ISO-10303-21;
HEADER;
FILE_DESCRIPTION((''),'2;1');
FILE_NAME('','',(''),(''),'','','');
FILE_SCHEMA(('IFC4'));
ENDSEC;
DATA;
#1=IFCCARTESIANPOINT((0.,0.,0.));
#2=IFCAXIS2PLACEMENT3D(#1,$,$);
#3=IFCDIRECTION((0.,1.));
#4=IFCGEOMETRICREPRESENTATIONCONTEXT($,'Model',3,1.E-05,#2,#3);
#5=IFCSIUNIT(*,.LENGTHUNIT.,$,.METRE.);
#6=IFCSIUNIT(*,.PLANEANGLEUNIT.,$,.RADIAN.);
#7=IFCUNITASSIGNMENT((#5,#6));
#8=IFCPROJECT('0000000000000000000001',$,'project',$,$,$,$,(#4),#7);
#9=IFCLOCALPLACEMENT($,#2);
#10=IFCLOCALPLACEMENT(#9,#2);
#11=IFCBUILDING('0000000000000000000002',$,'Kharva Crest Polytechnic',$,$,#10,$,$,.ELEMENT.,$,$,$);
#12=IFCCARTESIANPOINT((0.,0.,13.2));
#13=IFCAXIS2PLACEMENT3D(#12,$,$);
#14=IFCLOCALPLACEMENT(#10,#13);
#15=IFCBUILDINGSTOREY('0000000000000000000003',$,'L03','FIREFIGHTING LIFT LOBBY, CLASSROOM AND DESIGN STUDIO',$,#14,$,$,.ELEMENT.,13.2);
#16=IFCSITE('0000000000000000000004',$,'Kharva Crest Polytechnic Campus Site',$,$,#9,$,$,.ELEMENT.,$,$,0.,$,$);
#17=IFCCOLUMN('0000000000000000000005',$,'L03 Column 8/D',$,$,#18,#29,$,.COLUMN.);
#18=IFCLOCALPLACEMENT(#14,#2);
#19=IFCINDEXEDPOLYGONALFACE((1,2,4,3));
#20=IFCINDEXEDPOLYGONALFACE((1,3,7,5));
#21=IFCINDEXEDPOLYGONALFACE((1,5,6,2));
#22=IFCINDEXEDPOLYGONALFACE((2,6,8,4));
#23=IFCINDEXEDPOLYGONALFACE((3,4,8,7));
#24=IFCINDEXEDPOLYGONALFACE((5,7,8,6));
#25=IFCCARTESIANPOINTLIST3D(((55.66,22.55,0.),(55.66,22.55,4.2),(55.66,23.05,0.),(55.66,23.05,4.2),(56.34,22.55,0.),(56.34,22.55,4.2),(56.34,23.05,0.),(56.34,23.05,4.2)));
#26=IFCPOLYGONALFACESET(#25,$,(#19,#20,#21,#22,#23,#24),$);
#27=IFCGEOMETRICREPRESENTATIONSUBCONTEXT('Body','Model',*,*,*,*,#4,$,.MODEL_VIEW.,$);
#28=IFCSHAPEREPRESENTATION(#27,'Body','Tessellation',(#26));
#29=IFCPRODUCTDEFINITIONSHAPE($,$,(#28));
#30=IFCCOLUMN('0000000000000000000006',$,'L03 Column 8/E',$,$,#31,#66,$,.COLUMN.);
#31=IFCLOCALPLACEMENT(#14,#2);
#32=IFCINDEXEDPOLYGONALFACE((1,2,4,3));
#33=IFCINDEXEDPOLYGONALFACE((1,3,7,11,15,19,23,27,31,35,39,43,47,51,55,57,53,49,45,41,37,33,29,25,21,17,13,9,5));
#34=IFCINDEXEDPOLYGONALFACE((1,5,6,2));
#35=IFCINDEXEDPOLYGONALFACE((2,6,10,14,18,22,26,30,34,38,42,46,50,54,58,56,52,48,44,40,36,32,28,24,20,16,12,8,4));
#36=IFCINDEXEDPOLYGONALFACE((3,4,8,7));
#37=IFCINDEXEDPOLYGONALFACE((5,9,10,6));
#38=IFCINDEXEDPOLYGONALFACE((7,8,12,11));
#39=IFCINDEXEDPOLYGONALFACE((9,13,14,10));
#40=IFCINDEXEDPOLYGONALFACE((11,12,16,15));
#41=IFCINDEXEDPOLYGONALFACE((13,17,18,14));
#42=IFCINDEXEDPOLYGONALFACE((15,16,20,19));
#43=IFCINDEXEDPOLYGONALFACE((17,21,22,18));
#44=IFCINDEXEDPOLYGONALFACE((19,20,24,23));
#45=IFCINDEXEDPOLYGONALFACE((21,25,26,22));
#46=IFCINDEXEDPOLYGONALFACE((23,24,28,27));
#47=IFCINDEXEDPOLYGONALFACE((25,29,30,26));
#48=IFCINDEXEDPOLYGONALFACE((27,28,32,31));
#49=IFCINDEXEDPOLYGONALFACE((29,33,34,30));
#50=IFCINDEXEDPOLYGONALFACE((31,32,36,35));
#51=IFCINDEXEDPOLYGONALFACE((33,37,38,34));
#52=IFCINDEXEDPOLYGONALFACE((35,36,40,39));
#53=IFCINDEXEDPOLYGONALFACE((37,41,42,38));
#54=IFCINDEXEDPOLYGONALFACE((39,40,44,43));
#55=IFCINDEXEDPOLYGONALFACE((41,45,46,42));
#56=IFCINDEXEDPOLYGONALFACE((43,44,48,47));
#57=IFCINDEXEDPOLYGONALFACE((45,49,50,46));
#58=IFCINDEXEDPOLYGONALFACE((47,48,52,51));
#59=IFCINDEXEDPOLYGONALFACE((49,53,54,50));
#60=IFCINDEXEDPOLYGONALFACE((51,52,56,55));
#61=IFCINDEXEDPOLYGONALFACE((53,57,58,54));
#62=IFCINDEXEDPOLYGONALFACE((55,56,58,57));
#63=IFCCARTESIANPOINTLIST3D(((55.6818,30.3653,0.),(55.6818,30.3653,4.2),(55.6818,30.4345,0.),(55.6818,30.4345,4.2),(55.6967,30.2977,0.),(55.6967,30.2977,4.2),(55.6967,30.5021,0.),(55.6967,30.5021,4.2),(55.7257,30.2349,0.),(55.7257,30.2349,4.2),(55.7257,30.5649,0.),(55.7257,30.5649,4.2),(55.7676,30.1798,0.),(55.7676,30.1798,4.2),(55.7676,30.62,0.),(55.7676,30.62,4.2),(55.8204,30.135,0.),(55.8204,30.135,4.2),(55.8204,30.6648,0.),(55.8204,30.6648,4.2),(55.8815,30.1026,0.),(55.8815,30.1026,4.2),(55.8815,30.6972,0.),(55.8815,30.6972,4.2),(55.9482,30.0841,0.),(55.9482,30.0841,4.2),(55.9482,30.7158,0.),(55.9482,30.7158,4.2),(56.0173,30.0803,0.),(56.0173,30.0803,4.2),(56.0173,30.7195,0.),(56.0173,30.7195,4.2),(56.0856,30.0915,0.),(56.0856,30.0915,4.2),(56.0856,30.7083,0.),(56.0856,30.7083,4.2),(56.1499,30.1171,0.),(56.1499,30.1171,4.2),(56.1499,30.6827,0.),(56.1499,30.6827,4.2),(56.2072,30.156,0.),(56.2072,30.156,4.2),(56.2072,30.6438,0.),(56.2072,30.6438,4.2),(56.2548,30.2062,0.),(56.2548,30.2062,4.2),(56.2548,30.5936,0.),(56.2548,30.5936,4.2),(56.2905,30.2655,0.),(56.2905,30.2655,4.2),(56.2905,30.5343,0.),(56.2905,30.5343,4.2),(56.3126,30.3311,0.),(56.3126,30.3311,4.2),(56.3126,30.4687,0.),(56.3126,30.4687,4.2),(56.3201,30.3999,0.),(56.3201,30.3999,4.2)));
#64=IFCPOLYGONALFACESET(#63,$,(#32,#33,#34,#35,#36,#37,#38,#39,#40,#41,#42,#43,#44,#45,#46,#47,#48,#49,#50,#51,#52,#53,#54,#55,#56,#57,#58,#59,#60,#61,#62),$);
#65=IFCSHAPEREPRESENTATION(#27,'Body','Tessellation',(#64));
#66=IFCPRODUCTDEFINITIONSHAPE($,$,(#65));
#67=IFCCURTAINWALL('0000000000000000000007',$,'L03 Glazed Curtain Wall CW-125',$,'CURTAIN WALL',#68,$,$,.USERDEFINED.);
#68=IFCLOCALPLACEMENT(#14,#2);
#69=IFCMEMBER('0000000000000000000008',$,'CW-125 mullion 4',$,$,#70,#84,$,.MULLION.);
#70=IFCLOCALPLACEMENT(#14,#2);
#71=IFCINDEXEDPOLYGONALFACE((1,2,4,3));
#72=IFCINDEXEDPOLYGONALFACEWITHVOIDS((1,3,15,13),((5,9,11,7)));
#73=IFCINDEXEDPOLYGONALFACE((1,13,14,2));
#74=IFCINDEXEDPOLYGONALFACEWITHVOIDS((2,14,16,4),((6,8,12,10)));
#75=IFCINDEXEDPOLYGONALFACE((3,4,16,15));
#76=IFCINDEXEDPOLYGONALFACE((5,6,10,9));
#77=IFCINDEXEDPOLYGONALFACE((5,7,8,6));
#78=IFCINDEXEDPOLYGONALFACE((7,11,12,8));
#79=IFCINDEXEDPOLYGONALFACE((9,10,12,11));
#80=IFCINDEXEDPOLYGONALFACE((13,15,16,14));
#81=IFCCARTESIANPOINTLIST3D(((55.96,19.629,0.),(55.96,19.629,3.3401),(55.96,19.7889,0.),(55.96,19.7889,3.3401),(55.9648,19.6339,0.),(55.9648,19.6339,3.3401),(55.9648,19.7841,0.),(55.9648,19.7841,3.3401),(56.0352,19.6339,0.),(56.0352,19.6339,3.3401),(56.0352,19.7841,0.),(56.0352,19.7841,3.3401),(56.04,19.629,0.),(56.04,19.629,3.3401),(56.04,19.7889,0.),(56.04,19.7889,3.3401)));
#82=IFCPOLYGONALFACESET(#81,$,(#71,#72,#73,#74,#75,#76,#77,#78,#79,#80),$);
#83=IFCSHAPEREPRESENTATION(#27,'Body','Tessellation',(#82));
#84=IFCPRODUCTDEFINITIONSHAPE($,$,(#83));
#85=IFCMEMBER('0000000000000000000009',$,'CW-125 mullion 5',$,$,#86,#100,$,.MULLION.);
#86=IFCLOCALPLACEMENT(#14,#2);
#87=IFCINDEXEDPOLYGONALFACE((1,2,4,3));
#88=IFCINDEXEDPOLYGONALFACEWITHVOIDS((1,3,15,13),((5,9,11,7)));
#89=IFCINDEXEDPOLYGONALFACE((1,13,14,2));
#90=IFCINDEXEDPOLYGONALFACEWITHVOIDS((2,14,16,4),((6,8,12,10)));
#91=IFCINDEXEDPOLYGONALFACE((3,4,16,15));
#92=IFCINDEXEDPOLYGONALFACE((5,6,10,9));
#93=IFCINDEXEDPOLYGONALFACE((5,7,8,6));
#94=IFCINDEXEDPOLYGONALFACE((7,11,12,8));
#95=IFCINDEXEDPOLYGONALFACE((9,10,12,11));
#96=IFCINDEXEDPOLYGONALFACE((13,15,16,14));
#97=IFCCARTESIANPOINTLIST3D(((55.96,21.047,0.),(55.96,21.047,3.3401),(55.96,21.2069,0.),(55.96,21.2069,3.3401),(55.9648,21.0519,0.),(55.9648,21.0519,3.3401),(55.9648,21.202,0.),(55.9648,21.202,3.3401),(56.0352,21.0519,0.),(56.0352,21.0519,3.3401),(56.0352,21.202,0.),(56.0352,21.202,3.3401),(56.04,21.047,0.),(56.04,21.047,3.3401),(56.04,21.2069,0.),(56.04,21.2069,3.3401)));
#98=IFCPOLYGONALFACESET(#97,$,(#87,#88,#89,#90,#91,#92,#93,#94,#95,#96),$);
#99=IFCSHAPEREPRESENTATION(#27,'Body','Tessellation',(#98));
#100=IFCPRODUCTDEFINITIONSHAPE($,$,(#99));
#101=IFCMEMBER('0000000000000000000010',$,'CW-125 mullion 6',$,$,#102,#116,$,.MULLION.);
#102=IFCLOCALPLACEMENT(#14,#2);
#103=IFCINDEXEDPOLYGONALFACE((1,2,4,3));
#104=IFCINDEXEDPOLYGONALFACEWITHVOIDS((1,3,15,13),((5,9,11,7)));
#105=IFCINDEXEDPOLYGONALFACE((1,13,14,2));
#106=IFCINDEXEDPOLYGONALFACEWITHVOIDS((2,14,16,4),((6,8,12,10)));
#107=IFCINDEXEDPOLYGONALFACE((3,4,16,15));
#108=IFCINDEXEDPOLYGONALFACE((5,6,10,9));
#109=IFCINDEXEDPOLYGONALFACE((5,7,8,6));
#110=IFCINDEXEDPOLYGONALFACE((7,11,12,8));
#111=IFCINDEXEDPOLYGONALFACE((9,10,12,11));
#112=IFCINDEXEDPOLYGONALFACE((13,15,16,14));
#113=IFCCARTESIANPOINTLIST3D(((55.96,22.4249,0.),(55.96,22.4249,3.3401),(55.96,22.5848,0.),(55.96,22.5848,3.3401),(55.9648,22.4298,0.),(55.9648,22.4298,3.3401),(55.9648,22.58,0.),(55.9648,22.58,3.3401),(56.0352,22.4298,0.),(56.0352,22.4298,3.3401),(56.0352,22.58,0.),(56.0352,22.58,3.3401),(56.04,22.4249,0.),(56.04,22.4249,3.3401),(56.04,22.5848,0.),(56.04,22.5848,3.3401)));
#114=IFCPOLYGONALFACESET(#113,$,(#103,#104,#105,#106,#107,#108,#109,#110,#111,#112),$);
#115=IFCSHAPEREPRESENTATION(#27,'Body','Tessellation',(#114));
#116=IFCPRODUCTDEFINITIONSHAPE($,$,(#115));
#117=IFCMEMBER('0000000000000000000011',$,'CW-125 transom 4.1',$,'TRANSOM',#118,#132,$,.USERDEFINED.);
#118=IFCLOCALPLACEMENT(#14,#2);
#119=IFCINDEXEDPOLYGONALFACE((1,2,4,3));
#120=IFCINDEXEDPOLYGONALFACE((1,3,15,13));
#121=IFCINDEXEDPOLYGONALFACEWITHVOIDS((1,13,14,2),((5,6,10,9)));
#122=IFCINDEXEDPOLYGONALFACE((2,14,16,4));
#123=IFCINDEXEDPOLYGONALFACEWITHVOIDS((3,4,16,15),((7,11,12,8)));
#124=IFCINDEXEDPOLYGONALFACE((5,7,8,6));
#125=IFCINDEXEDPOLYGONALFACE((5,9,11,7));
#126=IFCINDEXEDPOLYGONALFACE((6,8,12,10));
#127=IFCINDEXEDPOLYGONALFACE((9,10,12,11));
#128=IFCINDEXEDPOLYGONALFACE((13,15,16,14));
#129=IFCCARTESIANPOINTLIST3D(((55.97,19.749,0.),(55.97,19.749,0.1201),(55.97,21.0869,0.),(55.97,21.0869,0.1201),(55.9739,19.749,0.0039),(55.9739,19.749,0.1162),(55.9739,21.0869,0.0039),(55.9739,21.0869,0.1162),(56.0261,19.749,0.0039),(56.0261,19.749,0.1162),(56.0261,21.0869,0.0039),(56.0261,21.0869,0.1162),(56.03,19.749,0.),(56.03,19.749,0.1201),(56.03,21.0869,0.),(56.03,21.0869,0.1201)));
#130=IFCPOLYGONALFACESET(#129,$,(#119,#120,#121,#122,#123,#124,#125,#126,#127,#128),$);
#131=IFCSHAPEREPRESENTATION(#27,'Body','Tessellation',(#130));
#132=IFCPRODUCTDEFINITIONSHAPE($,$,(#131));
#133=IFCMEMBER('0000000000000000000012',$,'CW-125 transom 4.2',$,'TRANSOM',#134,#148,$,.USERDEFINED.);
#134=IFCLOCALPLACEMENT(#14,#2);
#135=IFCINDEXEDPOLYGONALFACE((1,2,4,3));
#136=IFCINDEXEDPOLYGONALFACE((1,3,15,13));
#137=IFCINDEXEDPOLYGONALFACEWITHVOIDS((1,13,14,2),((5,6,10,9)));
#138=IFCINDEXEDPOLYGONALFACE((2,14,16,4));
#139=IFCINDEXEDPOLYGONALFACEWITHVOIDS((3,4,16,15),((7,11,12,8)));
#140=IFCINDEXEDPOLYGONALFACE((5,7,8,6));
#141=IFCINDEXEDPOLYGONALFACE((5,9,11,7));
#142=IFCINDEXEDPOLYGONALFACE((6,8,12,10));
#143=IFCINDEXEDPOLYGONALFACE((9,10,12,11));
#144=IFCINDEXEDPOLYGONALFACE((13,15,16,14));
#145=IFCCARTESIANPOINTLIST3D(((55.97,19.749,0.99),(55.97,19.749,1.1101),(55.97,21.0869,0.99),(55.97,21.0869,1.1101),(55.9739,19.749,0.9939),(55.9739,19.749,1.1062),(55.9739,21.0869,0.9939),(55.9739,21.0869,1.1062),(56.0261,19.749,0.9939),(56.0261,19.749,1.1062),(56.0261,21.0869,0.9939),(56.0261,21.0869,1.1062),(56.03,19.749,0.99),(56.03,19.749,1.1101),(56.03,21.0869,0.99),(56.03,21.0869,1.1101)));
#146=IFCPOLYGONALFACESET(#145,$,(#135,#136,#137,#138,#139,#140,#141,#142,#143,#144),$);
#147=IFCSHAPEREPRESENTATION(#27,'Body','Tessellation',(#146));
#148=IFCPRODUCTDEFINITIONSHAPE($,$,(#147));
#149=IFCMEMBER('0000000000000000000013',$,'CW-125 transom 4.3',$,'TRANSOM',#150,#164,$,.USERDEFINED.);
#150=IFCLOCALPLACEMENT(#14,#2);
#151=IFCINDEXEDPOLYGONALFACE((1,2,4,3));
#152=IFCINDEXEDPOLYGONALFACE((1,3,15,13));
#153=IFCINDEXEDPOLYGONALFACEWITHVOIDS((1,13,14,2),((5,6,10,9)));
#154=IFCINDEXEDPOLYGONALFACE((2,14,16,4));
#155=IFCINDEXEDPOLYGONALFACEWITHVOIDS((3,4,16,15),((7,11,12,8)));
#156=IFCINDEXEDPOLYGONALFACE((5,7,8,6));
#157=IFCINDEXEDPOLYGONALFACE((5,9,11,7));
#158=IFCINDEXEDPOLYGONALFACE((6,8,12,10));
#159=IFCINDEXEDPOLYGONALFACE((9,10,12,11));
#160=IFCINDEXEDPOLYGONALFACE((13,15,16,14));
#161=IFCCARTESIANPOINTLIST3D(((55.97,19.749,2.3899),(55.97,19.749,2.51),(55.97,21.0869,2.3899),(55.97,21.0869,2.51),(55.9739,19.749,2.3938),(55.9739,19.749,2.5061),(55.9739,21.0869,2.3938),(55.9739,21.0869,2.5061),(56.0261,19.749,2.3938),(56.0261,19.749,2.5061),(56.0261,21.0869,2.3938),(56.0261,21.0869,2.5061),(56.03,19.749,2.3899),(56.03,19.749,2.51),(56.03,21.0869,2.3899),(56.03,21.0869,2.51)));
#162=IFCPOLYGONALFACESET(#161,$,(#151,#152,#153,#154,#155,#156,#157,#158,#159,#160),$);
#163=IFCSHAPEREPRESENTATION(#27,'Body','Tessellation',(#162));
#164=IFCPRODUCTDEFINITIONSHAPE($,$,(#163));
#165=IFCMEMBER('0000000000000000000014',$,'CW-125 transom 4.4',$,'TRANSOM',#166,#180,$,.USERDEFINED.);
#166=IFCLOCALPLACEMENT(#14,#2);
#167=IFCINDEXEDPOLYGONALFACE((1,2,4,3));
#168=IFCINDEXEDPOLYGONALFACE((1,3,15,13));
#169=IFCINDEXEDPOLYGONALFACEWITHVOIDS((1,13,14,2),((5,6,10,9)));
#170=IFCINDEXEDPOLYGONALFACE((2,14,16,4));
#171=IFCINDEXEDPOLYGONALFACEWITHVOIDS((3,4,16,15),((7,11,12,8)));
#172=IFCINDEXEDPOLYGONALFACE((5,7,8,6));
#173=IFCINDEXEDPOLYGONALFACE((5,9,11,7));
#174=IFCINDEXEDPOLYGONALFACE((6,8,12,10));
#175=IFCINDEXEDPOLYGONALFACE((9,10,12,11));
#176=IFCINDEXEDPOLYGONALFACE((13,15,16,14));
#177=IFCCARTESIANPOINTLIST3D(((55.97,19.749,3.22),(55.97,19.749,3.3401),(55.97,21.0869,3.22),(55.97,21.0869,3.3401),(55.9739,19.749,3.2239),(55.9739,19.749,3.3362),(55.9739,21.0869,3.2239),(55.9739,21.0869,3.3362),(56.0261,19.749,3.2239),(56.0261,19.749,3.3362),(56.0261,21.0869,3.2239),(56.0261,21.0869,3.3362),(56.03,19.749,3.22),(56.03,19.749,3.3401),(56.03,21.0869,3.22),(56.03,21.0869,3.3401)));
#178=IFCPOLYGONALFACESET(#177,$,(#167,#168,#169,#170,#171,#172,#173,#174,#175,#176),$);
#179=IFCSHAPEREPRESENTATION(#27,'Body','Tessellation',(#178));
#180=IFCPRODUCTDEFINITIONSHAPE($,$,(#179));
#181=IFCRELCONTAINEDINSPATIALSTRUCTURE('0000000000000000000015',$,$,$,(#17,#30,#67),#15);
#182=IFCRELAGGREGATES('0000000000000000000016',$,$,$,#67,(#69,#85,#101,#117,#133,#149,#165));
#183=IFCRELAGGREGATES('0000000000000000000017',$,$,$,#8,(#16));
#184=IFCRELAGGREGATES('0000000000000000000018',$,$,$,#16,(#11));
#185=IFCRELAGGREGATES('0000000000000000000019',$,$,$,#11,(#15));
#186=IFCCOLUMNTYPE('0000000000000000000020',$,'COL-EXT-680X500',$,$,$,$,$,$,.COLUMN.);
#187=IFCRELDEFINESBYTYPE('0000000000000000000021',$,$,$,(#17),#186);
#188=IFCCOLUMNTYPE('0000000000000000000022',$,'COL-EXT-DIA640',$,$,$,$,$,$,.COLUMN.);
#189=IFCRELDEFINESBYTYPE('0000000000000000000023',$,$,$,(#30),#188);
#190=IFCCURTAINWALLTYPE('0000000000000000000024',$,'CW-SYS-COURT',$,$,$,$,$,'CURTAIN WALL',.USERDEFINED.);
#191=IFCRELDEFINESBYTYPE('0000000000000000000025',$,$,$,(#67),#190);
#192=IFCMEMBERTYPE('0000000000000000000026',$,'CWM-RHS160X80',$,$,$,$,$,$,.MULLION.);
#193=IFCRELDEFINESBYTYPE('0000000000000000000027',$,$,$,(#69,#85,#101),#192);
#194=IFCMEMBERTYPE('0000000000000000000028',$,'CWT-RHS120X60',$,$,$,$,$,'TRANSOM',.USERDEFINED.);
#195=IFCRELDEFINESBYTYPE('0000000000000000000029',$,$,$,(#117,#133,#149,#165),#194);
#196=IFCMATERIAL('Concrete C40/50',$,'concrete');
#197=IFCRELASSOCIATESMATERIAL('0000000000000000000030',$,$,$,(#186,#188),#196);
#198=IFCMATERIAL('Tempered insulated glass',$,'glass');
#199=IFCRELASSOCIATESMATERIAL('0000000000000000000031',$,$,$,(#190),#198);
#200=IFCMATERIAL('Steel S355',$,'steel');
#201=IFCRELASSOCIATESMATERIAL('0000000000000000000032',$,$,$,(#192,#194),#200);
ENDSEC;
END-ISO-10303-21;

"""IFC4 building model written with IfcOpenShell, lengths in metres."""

from ifc_helpers import new_model, si_unit, direction, frame, origin, origin_2d, place, context, subcontext, project, spatial, rectangle, hollow_rectangle, circle, extrude, material, material_profile, profile_set, type_object, element, aggregate, save


model = new_model("IFC4")

# Units and contexts
model_context = context("Model", 3, precision=1e-05, world=origin(), true_north=direction((0.0, 1.0)))
body_context = subcontext(model_context, "Body", "Model", "MODEL_VIEW")
ifc_project = project(units=[si_unit("LENGTHUNIT", "METRE"), si_unit("PLANEANGLEUNIT", "RADIAN")], contexts=[model_context])

# Site, building, storey
site_placement = place(None, origin())
site = spatial("IfcSite", under=ifc_project, at=site_placement, Name="Kharva Crest Polytechnic Campus Site", CompositionType="ELEMENT", RefElevation=0.0)
building_placement = place(site_placement, origin())
building = spatial("IfcBuilding", under=site, at=building_placement, Name="Kharva Crest Polytechnic", CompositionType="ELEMENT")
storey_placement = place(building_placement, frame((0.0, 0.0, 13.2)))
storey = spatial("IfcBuildingStorey", under=building, at=storey_placement, Name="L03", Description="FIREFIGHTING LIFT LOBBY, CLASSROOM AND DESIGN STUDIO", CompositionType="ELEMENT", Elevation=13.2)

# Columns
ifc_material_1 = material(Name="Concrete C40/50", Category="concrete")
ifc_material_profile_1 = material_profile(ifc_material_1, rectangle(XDim=0.6799, YDim=0.5, at=origin_2d()), Name="RECT 680 X 500")
ifc_profile_set_1 = profile_set([ifc_material_profile_1], Name="Concrete C40/50")
column_type_1 = type_object("IfcColumnType", Name="COL-EXT-680X500", PredefinedType="COLUMN", material=ifc_profile_set_1)
column_1_placement = place(storey_placement, frame((56.0, 22.8, 0.0), z_axis=(0.0, 0.0, 1.0), x_axis=(1.0, 0.0, 0.0)))
element("IfcColumn", 1, at=column_1_placement, inside=storey, type_object=column_type_1, Name="L03 Column 8/D", PredefinedType="COLUMN", context=body_context, shape_type="SweptSolid", body=[
    extrude(rectangle(XDim=0.6799, YDim=0.5, at=origin_2d()), origin(), (0.0, 0.0, 1.0), 4.2),
])
ifc_material_profile_2 = material_profile(ifc_material_1, circle(Radius=0.3201, at=origin_2d()), Name="DIA 640")
ifc_profile_set_2 = profile_set([ifc_material_profile_2], Name="Concrete C40/50")
column_type_2 = type_object("IfcColumnType", Name="COL-EXT-DIA640", PredefinedType="COLUMN", material=ifc_profile_set_2)
column_2_placement = place(storey_placement, frame((56.0, 30.3999, 0.0), z_axis=(0.0, 0.0, 1.0), x_axis=(1.0, 0.0, 0.0)))
element("IfcColumn", 2, at=column_2_placement, inside=storey, type_object=column_type_2, Name="L03 Column 8/E", PredefinedType="COLUMN", context=body_context, shape_type="SweptSolid", body=[
    extrude(circle(Radius=0.3201, at=origin_2d()), origin(), (0.0, 0.0, 1.0), 4.2),
])

# Curtain wall, members
ifc_material_2 = material(Name="Tempered insulated glass", Category="glass")
curtain_wall_type = type_object("IfcCurtainWallType", Name="CW-SYS-COURT", ElementType="CURTAIN WALL", PredefinedType="USERDEFINED", material=ifc_material_2)
curtain_wall_1_placement = place(storey_placement, origin())
curtain_wall_1 = element("IfcCurtainWall", 3, at=curtain_wall_1_placement, inside=storey, type_object=curtain_wall_type, Name="L03 Glazed Curtain Wall CW-125", ObjectType="CURTAIN WALL", PredefinedType="USERDEFINED")
ifc_material_3 = material(Name="Steel S355", Category="steel")
ifc_material_profile_3 = material_profile(ifc_material_3, hollow_rectangle(XDim=0.0801, YDim=0.1599, WallThickness=0.0049, at=origin_2d()), Name="RHS 160X80X5.0")
ifc_profile_set_3 = profile_set([ifc_material_profile_3], Name="Steel S355")
member_type_1 = type_object("IfcMemberType", Name="CWM-RHS160X80", PredefinedType="MULLION", material=ifc_profile_set_3)
member_1_placement = place(storey_placement, frame((56.0, 19.709, 0.0), z_axis=(0.0, 0.0, 1.0), x_axis=(-1.0, 0.0, 0.0)))
member_1 = element("IfcMember", 4, at=member_1_placement, type_object=member_type_1, Name="CW-125 mullion 4", PredefinedType="MULLION", context=body_context, shape_type="SweptSolid", body=[
    extrude(hollow_rectangle(XDim=0.0801, YDim=0.1599, WallThickness=0.0049, at=origin_2d()), origin(), (0.0, 0.0, 1.0), 3.3401),
])
member_2_placement = place(storey_placement, frame((56.0, 21.127, 0.0), z_axis=(0.0, 0.0, 1.0), x_axis=(-1.0, 0.0, 0.0)))
member_2 = element("IfcMember", 5, at=member_2_placement, type_object=member_type_1, Name="CW-125 mullion 5", PredefinedType="MULLION", context=body_context, shape_type="SweptSolid", body=[
    extrude(hollow_rectangle(XDim=0.0801, YDim=0.1599, WallThickness=0.0049, at=origin_2d()), origin(), (0.0, 0.0, 1.0), 3.3401),
])
member_3_placement = place(storey_placement, frame((56.0, 22.5049, 0.0), z_axis=(0.0, 0.0, 1.0), x_axis=(-1.0, 0.0, 0.0)))
member_3 = element("IfcMember", 6, at=member_3_placement, type_object=member_type_1, Name="CW-125 mullion 6", PredefinedType="MULLION", context=body_context, shape_type="SweptSolid", body=[
    extrude(hollow_rectangle(XDim=0.0801, YDim=0.1599, WallThickness=0.0049, at=origin_2d()), origin(), (0.0, 0.0, 1.0), 3.3401),
])
ifc_material_profile_4 = material_profile(ifc_material_3, hollow_rectangle(XDim=0.0601, YDim=0.1201, WallThickness=0.0039, at=origin_2d()), Name="RHS 120X60X4.0")
ifc_profile_set_4 = profile_set([ifc_material_profile_4], Name="Steel S355")
member_type_2 = type_object("IfcMemberType", Name="CWT-RHS120X60", ElementType="TRANSOM", PredefinedType="USERDEFINED", material=ifc_profile_set_4)
member_4_placement = place(storey_placement, frame((56.0, 19.749, 0.0601), z_axis=(0.0, 1.0, 0.0), x_axis=(-1.0, 0.0, 0.0)))
member_4 = element("IfcMember", 7, at=member_4_placement, type_object=member_type_2, Name="CW-125 transom 4.1", ObjectType="TRANSOM", PredefinedType="USERDEFINED", context=body_context, shape_type="SweptSolid", body=[
    extrude(hollow_rectangle(XDim=0.0601, YDim=0.1201, WallThickness=0.0039, at=origin_2d()), origin(), (0.0, 0.0, 1.0), 1.3379),
])
member_5_placement = place(storey_placement, frame((56.0, 19.749, 1.05), z_axis=(0.0, 1.0, 0.0), x_axis=(-1.0, 0.0, 0.0)))
member_5 = element("IfcMember", 8, at=member_5_placement, type_object=member_type_2, Name="CW-125 transom 4.2", ObjectType="TRANSOM", PredefinedType="USERDEFINED", context=body_context, shape_type="SweptSolid", body=[
    extrude(hollow_rectangle(XDim=0.0601, YDim=0.1201, WallThickness=0.0039, at=origin_2d()), origin(), (0.0, 0.0, 1.0), 1.3379),
])
member_6_placement = place(storey_placement, frame((56.0, 19.749, 2.45), z_axis=(0.0, 1.0, 0.0), x_axis=(-1.0, 0.0, 0.0)))
member_6 = element("IfcMember", 9, at=member_6_placement, type_object=member_type_2, Name="CW-125 transom 4.3", ObjectType="TRANSOM", PredefinedType="USERDEFINED", context=body_context, shape_type="SweptSolid", body=[
    extrude(hollow_rectangle(XDim=0.0601, YDim=0.1201, WallThickness=0.0039, at=origin_2d()), origin(), (0.0, 0.0, 1.0), 1.3379),
])
member_7_placement = place(storey_placement, frame((56.0, 19.749, 3.28), z_axis=(0.0, 1.0, 0.0), x_axis=(-1.0, 0.0, 0.0)))
member_7 = element("IfcMember", 10, at=member_7_placement, type_object=member_type_2, Name="CW-125 transom 4.4", ObjectType="TRANSOM", PredefinedType="USERDEFINED", context=body_context, shape_type="SweptSolid", body=[
    extrude(hollow_rectangle(XDim=0.0601, YDim=0.1201, WallThickness=0.0039, at=origin_2d()), origin(), (0.0, 0.0, 1.0), 1.3379),
])

aggregate(curtain_wall_1, [member_1, member_2, member_3, member_4, member_5, member_6, member_7])

save(model, "model.ifc")
